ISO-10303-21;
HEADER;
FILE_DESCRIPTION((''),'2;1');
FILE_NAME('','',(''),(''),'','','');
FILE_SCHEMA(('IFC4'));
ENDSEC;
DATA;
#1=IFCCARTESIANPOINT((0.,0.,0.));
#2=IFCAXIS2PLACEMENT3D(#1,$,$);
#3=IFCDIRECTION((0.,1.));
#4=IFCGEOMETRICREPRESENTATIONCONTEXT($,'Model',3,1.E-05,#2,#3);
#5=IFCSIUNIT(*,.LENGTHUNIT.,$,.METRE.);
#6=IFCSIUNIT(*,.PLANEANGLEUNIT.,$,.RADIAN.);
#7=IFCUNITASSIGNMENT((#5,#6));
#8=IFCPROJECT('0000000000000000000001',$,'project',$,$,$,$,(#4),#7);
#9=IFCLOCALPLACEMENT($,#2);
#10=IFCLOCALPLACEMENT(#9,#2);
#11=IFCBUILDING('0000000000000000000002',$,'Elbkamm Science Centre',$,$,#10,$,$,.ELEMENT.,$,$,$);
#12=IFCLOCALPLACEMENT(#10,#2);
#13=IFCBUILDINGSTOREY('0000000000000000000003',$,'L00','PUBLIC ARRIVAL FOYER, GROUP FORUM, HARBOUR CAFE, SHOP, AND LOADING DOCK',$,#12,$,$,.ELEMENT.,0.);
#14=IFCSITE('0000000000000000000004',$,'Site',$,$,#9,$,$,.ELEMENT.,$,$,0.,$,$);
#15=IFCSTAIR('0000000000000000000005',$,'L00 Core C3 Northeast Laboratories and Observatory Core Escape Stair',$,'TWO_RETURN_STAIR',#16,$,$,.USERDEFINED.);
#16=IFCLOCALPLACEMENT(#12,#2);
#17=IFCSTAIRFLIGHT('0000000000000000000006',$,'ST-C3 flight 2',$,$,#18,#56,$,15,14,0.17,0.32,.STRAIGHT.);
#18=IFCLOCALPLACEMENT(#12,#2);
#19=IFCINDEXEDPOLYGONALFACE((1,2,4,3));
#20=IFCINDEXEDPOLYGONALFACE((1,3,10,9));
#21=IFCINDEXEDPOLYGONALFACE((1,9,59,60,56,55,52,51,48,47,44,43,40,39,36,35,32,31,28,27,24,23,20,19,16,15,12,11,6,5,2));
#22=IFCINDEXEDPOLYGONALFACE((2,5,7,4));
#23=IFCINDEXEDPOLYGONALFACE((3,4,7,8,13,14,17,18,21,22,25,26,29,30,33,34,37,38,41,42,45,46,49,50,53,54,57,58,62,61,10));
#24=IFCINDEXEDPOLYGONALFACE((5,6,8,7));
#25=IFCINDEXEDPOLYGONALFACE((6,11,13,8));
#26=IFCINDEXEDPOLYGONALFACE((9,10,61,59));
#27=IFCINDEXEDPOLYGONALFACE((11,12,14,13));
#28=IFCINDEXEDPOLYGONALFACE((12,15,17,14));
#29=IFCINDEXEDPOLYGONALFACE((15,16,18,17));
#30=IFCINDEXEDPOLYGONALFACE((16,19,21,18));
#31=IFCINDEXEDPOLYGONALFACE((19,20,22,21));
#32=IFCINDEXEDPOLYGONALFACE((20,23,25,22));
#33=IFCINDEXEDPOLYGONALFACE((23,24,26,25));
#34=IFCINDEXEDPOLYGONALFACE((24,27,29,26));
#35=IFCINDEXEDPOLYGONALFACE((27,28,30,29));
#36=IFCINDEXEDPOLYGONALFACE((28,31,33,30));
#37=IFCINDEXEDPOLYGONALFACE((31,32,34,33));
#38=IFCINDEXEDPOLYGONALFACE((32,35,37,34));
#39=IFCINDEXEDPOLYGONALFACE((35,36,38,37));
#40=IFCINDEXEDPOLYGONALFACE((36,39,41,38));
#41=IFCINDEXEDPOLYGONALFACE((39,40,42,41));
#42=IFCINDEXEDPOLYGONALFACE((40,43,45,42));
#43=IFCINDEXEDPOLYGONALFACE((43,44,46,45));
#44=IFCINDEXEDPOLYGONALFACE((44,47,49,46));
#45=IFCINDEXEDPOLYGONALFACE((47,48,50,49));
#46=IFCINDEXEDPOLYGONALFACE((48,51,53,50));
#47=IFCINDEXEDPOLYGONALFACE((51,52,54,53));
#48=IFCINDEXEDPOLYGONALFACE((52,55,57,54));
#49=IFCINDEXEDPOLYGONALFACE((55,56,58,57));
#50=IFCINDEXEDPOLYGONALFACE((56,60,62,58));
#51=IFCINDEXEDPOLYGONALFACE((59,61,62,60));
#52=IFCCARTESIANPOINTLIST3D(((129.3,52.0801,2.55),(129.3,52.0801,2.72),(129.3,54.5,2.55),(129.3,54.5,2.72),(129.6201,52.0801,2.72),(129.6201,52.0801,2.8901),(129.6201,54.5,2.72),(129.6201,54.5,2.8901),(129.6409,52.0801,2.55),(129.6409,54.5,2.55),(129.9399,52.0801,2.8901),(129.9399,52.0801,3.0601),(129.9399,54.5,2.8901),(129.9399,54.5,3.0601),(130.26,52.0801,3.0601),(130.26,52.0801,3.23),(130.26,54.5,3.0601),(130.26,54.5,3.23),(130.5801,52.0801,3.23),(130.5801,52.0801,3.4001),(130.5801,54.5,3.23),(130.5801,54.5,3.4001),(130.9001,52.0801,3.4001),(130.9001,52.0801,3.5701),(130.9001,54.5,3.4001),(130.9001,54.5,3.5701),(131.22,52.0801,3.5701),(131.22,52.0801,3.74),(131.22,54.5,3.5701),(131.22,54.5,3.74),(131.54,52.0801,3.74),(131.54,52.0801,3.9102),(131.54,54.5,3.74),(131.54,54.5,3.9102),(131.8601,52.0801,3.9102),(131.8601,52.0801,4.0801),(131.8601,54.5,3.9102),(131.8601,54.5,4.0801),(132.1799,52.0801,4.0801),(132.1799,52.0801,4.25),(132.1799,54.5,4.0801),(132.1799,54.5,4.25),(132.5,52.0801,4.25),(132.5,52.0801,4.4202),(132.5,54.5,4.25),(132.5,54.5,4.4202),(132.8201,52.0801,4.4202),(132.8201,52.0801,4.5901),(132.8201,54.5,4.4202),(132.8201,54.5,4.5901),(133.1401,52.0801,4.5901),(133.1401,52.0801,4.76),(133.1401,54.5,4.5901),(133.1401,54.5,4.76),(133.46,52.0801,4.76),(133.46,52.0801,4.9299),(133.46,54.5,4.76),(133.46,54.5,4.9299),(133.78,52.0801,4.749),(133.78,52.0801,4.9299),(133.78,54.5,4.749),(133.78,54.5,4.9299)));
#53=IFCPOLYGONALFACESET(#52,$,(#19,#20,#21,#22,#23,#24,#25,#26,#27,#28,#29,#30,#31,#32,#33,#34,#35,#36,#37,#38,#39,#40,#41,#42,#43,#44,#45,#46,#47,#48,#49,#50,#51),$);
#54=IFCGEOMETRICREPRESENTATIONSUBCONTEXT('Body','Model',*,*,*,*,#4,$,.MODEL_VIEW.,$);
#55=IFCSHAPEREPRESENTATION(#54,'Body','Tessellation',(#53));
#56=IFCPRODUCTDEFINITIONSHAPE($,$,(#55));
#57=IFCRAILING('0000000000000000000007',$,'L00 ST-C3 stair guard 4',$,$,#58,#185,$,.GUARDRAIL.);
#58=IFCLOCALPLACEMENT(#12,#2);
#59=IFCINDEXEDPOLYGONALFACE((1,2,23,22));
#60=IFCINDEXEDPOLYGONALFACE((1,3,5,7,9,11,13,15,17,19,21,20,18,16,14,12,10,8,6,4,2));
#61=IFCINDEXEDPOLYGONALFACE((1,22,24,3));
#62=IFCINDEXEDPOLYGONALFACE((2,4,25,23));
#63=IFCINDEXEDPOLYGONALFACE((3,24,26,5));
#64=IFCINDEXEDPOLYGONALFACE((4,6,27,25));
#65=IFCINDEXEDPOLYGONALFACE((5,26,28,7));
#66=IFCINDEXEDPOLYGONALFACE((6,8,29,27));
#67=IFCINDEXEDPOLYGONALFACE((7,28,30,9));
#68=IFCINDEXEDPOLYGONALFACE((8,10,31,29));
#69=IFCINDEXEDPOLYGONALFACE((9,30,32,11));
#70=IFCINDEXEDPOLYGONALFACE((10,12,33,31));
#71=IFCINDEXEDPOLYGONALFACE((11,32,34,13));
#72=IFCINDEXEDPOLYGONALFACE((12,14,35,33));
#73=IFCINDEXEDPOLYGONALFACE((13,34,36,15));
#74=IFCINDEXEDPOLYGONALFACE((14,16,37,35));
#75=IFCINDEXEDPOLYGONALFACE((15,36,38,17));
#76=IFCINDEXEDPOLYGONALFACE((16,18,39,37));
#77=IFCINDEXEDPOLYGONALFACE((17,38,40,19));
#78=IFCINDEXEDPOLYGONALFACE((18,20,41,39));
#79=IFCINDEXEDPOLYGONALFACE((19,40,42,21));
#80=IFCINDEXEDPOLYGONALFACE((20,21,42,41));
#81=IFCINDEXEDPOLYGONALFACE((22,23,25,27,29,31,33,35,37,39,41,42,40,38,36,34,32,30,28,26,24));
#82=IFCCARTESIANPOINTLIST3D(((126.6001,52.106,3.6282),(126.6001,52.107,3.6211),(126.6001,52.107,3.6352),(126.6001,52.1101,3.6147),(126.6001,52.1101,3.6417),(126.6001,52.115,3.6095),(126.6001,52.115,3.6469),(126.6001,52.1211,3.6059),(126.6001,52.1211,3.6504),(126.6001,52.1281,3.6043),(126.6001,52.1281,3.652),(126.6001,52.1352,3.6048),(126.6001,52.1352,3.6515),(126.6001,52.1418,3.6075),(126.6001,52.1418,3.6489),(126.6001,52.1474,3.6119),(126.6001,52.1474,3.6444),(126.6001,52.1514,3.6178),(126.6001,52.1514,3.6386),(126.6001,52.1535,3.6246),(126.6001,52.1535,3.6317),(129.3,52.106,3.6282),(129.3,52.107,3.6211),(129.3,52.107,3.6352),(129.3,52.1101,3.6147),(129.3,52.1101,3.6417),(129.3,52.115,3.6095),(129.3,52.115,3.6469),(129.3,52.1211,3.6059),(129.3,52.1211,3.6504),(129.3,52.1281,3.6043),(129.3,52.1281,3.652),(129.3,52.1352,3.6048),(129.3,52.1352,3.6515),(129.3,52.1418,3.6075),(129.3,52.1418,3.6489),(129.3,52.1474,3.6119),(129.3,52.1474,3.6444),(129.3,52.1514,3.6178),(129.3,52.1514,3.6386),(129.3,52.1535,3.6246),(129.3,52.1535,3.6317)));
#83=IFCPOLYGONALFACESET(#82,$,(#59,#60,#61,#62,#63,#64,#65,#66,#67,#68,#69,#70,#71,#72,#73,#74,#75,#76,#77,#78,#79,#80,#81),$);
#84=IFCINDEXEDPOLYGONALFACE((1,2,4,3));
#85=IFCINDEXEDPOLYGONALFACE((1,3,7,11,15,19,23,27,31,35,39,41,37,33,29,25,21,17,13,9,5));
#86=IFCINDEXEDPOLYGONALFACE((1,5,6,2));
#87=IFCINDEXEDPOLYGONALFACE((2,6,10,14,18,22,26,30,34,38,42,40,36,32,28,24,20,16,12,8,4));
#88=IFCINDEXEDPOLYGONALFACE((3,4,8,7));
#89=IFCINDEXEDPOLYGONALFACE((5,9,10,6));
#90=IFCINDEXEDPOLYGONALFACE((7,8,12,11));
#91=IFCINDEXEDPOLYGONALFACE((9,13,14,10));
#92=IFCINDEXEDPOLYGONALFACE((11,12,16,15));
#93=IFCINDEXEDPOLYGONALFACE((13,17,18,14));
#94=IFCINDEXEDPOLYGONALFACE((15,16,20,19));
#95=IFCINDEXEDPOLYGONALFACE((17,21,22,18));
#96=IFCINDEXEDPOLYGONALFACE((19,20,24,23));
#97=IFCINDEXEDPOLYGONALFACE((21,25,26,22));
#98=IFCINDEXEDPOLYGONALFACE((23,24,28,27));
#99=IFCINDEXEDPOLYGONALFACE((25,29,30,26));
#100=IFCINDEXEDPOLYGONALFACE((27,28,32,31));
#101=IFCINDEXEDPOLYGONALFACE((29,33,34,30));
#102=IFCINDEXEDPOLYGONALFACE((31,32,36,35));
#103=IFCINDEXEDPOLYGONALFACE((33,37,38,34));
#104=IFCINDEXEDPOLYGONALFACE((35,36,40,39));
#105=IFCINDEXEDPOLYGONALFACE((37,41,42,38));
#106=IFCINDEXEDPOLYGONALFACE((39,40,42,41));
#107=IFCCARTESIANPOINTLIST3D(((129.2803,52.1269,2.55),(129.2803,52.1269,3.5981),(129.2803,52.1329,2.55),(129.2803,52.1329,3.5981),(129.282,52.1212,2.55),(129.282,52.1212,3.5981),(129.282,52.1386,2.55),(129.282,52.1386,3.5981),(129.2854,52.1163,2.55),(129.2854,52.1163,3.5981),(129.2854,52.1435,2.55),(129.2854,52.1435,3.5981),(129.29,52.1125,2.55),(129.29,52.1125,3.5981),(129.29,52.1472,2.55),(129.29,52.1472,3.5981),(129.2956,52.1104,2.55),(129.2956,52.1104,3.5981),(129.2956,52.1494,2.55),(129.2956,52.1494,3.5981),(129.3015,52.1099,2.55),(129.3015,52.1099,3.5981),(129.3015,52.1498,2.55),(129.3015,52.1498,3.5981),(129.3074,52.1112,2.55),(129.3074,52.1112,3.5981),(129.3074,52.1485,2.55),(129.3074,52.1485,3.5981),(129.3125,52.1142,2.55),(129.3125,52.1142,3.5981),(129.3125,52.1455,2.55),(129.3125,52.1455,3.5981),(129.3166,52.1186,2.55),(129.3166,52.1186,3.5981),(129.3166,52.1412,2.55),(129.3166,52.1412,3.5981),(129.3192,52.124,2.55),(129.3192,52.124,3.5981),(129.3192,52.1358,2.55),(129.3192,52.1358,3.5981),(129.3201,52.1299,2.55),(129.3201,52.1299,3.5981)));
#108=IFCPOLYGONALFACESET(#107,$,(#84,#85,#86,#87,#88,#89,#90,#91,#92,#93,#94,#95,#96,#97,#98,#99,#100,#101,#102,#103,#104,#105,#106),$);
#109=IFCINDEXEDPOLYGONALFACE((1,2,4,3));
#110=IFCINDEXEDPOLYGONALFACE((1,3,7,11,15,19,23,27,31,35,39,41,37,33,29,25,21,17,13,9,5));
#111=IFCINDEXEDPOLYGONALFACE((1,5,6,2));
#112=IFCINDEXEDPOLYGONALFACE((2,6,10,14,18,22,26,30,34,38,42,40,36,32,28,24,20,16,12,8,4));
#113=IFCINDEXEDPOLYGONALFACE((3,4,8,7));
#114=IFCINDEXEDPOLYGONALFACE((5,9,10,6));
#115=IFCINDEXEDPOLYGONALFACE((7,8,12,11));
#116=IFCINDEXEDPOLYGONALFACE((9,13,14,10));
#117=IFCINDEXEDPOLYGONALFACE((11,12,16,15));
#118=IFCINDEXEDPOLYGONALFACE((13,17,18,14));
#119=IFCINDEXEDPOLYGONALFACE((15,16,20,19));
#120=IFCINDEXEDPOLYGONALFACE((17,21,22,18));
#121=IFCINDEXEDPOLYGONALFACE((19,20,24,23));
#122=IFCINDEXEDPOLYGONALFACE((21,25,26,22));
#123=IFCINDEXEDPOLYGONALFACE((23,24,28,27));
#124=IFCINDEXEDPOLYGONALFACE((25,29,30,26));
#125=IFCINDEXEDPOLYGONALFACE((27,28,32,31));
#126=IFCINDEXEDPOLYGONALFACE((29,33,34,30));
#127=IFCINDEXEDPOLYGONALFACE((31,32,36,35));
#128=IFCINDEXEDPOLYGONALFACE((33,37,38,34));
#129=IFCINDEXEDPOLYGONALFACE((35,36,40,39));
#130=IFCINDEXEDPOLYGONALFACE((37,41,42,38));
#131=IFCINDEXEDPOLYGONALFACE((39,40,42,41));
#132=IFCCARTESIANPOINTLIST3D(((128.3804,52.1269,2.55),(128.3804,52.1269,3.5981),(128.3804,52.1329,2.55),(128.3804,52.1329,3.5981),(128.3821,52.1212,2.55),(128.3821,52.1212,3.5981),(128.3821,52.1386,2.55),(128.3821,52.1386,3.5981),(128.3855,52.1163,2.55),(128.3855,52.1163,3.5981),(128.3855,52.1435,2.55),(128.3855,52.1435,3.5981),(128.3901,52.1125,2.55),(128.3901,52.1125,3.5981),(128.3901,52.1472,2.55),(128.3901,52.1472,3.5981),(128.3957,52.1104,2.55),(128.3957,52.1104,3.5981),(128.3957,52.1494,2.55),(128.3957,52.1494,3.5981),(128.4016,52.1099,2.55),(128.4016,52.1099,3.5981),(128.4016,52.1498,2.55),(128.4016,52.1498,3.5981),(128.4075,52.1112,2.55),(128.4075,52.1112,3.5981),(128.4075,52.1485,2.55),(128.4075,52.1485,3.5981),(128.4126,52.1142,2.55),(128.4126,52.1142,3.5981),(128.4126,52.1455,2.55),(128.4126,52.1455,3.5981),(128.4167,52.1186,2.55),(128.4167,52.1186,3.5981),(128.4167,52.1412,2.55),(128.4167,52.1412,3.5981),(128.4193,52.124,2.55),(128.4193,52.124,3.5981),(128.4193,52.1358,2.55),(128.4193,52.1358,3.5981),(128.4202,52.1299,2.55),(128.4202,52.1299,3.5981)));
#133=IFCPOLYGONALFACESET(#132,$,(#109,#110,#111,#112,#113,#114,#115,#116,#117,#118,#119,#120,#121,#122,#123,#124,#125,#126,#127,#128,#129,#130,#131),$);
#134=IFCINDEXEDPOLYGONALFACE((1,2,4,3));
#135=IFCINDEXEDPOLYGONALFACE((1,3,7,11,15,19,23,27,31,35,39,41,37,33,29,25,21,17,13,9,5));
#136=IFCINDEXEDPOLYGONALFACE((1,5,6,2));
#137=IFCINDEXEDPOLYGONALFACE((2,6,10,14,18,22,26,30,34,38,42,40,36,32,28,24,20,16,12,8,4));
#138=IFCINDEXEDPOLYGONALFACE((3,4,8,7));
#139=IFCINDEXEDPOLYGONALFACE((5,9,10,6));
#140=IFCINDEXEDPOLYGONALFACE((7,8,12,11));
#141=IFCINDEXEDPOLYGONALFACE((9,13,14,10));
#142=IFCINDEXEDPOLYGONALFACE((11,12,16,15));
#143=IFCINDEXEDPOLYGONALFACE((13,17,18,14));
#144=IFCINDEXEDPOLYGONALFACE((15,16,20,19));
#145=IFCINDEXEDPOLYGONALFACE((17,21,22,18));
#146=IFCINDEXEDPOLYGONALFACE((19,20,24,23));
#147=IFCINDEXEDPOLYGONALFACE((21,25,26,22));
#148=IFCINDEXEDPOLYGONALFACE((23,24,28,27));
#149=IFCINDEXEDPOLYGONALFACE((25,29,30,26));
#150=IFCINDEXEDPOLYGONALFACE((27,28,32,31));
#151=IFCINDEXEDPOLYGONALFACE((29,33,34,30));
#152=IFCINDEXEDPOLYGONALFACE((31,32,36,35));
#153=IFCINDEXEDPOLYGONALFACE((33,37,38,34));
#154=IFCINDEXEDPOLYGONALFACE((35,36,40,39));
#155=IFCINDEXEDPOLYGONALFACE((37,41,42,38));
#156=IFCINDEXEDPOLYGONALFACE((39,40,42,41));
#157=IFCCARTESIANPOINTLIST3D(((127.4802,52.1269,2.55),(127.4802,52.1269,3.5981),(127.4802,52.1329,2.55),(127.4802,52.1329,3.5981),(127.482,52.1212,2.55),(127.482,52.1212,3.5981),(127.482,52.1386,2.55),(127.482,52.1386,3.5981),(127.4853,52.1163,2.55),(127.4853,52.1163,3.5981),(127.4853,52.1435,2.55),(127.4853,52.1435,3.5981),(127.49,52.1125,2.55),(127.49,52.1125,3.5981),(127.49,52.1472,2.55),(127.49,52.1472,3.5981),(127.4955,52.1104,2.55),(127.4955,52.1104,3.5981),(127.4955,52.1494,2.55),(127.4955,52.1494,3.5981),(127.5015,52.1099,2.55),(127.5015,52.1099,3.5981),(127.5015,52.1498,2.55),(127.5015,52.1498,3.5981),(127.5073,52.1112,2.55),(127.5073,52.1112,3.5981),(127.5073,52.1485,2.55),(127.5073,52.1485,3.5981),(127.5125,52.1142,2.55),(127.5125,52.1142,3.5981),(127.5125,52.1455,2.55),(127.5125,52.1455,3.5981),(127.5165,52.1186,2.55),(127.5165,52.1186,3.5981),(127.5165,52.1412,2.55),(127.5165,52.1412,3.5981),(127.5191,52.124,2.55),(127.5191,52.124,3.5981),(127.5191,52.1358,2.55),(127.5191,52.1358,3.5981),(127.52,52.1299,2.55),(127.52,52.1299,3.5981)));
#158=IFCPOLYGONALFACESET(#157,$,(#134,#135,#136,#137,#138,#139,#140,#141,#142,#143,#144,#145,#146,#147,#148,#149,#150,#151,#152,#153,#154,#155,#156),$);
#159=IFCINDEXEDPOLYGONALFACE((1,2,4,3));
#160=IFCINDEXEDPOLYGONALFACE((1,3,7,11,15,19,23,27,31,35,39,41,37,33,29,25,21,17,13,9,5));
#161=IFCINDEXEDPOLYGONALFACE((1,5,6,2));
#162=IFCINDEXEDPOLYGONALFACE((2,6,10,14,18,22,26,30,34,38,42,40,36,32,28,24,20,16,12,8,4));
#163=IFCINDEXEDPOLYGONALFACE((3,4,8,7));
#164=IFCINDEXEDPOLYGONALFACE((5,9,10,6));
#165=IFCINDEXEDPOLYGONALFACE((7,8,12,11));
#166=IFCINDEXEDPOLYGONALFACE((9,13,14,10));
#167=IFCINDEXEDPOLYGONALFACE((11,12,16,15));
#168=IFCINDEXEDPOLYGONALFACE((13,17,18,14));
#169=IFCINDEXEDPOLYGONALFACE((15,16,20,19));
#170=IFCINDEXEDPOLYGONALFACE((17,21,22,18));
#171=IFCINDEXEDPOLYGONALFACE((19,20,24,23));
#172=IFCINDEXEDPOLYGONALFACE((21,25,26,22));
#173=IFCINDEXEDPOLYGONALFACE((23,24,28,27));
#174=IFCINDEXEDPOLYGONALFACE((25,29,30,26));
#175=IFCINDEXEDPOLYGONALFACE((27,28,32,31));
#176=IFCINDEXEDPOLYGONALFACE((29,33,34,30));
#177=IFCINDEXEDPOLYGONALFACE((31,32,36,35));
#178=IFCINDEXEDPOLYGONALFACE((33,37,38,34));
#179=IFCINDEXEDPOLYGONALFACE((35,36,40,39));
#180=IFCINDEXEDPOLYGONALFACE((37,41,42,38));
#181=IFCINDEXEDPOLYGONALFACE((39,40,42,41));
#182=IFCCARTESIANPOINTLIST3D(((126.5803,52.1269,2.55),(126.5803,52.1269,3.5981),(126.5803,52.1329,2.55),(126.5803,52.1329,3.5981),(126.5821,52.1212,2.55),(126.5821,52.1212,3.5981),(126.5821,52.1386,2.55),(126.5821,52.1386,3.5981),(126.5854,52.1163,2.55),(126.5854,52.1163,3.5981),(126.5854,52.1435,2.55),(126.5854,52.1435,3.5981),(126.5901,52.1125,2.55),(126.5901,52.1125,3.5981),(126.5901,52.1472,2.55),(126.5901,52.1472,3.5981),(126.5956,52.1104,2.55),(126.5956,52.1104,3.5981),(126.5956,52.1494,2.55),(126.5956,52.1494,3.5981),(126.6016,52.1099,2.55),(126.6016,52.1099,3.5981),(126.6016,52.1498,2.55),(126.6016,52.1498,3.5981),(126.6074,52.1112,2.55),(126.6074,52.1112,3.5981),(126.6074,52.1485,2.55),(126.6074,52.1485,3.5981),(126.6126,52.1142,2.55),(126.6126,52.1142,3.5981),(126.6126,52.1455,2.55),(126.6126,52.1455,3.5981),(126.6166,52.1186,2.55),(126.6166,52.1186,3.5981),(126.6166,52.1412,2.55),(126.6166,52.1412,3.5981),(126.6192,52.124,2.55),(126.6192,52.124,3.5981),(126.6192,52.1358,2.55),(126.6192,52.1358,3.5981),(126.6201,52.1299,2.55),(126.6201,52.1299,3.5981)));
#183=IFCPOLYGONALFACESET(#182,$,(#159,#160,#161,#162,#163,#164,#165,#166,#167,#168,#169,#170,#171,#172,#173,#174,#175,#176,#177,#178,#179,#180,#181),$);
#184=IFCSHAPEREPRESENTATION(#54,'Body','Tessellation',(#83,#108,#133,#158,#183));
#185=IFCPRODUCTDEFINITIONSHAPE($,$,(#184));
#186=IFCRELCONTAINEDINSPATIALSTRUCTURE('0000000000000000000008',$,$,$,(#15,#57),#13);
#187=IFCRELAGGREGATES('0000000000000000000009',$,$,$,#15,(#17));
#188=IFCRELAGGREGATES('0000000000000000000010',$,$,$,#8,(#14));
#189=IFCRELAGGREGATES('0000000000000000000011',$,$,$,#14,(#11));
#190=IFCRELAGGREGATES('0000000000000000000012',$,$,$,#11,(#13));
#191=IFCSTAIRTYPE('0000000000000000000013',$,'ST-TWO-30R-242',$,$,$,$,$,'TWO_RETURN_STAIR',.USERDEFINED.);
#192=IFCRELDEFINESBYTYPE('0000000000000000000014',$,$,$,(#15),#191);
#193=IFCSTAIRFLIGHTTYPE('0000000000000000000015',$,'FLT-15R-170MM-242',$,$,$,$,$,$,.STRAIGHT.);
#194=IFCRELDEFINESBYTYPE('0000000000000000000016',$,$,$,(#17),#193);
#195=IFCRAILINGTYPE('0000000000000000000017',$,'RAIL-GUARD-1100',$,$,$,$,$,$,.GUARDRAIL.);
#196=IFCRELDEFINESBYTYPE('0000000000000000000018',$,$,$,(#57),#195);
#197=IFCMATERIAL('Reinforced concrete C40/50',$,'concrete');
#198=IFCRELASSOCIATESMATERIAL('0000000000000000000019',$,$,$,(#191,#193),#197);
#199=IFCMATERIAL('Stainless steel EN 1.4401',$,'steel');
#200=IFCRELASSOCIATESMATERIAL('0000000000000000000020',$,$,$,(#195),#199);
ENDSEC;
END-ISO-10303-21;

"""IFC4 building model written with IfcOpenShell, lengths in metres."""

from ifc_helpers import new_model, si_unit, direction, frame, origin, origin_2d, place, context, subcontext, project, spatial, polyline, circle, outline, extrude, material, type_object, element, aggregate, save


model = new_model("IFC4")

# Units and contexts
model_context = context("Model", 3, precision=1e-05, world=origin(), true_north=direction((0.0, 1.0)))
body_context = subcontext(model_context, "Body", "Model", "MODEL_VIEW")
ifc_project = project(units=[si_unit("LENGTHUNIT", "METRE"), si_unit("PLANEANGLEUNIT", "RADIAN")], contexts=[model_context])

# Site, building, storey
site_placement = place(None, origin())
site = spatial("IfcSite", under=ifc_project, at=site_placement, Name="Site", CompositionType="ELEMENT", RefElevation=0.0)
building_placement = place(site_placement, origin())
building = spatial("IfcBuilding", under=site, at=building_placement, Name="Elbkamm Science Centre", CompositionType="ELEMENT")
storey_placement = place(building_placement, origin())
storey = spatial("IfcBuildingStorey", under=building, at=storey_placement, Name="L00", Description="PUBLIC ARRIVAL FOYER, GROUP FORUM, HARBOUR CAFE, SHOP, AND LOADING DOCK", CompositionType="ELEMENT", Elevation=0.0)

# Shared definitions
ifc_material_1 = material(Name="Reinforced concrete C40/50", Category="concrete")

# Stair, stair flight
stair_type = type_object("IfcStairType", Name="ST-TWO-30R-242", ElementType="TWO_RETURN_STAIR", PredefinedType="USERDEFINED", material=ifc_material_1)
stair_placement = place(storey_placement, origin())
stair = element("IfcStair", 1, at=stair_placement, inside=storey, type_object=stair_type, Name="L00 Core C3 Northeast Laboratories and Observatory Core Escape Stair", ObjectType="TWO_RETURN_STAIR", PredefinedType="USERDEFINED")
stair_flight_type = type_object("IfcStairFlightType", Name="FLT-15R-170MM-242", PredefinedType="STRAIGHT", material=ifc_material_1)
stair_flight_placement = place(storey_placement, frame((129.3, 53.29, 2.55), z_axis=(0.0, 0.0, 1.0), x_axis=(1.0, 0.0, 0.0)))
stair_flight = element("IfcStairFlight", 2, at=stair_flight_placement, type_object=stair_flight_type, Name="ST-C3 flight 2", NumberOfRisers=15, NumberOfTreads=14, PredefinedType="STRAIGHT", RiserHeight=0.17, TreadLength=0.32, context=body_context, shape_type="SweptSolid", body=[
    extrude(outline(polyline([(0.0, 0.0), (0.0, 0.1699), (0.3201, 0.1699), (0.3201, 0.3401), (0.6399, 0.3401), (0.6399, 0.51), (0.96, 0.51), (0.96, 0.6799), (1.28, 0.6799), (1.28, 0.8501), (1.6001, 0.8501), (1.6001, 1.02), (1.9199, 1.02), (1.9199, 1.1899), (2.24, 1.1899), (2.24, 1.3601), (2.5601, 1.3601), (2.5601, 1.53), (2.8799, 1.53), (2.8799, 1.7), (3.2, 1.7), (3.2, 1.8701), (3.52, 1.8701), (3.52, 2.04), (3.8401, 2.04), (3.8401, 2.21), (4.1599, 2.21), (4.1599, 2.3799), (4.48, 2.3799), (4.48, 2.55), (4.48, 2.199), (0.3408, 0.0), (0.0, 0.0)])), frame((0.0, 1.21, 0.0), z_axis=(0.0, -1.0, 0.0), x_axis=(1.0, 0.0, 0.0)), (0.0, 0.0, 1.0), 2.4199),
])
aggregate(stair, [stair_flight])

# Railing
ifc_material_2 = material(Name="Stainless steel EN 1.4401", Category="steel")
railing_type_1 = type_object("IfcRailingType", Name="RAIL-GUARD-1100", PredefinedType="GUARDRAIL", material=ifc_material_2)
railing_1_placement = place(storey_placement, frame((129.3, 52.1299, 2.55)))
element("IfcRailing", 3, at=railing_1_placement, inside=storey, type_object=railing_type_1, Name="L00 ST-C3 stair guard 4", PredefinedType="GUARDRAIL", context=body_context, shape_type="SweptSolid", body=[
    extrude(circle(Radius=0.0239, at=origin_2d()), frame((0.0, 0.0, 1.0781), z_axis=(-1.0, 0.0, 0.0), x_axis=(0.0, -1.0, 0.0)), (0.0, 0.0, 1.0), 2.7),
    extrude(circle(Radius=0.02, at=origin_2d()), origin(), (0.0, 0.0, 1.0), 1.0481),
    extrude(circle(Radius=0.02, at=origin_2d()), frame((-0.8999, 0.0, 0.0)), (0.0, 0.0, 1.0), 1.0481),
    extrude(circle(Radius=0.02, at=origin_2d()), frame((-1.8, 0.0, 0.0)), (0.0, 0.0, 1.0), 1.0481),
    extrude(circle(Radius=0.02, at=origin_2d()), frame((-2.7, 0.0, 0.0)), (0.0, 0.0, 1.0), 1.0481),
])

save(model, "model.ifc")
